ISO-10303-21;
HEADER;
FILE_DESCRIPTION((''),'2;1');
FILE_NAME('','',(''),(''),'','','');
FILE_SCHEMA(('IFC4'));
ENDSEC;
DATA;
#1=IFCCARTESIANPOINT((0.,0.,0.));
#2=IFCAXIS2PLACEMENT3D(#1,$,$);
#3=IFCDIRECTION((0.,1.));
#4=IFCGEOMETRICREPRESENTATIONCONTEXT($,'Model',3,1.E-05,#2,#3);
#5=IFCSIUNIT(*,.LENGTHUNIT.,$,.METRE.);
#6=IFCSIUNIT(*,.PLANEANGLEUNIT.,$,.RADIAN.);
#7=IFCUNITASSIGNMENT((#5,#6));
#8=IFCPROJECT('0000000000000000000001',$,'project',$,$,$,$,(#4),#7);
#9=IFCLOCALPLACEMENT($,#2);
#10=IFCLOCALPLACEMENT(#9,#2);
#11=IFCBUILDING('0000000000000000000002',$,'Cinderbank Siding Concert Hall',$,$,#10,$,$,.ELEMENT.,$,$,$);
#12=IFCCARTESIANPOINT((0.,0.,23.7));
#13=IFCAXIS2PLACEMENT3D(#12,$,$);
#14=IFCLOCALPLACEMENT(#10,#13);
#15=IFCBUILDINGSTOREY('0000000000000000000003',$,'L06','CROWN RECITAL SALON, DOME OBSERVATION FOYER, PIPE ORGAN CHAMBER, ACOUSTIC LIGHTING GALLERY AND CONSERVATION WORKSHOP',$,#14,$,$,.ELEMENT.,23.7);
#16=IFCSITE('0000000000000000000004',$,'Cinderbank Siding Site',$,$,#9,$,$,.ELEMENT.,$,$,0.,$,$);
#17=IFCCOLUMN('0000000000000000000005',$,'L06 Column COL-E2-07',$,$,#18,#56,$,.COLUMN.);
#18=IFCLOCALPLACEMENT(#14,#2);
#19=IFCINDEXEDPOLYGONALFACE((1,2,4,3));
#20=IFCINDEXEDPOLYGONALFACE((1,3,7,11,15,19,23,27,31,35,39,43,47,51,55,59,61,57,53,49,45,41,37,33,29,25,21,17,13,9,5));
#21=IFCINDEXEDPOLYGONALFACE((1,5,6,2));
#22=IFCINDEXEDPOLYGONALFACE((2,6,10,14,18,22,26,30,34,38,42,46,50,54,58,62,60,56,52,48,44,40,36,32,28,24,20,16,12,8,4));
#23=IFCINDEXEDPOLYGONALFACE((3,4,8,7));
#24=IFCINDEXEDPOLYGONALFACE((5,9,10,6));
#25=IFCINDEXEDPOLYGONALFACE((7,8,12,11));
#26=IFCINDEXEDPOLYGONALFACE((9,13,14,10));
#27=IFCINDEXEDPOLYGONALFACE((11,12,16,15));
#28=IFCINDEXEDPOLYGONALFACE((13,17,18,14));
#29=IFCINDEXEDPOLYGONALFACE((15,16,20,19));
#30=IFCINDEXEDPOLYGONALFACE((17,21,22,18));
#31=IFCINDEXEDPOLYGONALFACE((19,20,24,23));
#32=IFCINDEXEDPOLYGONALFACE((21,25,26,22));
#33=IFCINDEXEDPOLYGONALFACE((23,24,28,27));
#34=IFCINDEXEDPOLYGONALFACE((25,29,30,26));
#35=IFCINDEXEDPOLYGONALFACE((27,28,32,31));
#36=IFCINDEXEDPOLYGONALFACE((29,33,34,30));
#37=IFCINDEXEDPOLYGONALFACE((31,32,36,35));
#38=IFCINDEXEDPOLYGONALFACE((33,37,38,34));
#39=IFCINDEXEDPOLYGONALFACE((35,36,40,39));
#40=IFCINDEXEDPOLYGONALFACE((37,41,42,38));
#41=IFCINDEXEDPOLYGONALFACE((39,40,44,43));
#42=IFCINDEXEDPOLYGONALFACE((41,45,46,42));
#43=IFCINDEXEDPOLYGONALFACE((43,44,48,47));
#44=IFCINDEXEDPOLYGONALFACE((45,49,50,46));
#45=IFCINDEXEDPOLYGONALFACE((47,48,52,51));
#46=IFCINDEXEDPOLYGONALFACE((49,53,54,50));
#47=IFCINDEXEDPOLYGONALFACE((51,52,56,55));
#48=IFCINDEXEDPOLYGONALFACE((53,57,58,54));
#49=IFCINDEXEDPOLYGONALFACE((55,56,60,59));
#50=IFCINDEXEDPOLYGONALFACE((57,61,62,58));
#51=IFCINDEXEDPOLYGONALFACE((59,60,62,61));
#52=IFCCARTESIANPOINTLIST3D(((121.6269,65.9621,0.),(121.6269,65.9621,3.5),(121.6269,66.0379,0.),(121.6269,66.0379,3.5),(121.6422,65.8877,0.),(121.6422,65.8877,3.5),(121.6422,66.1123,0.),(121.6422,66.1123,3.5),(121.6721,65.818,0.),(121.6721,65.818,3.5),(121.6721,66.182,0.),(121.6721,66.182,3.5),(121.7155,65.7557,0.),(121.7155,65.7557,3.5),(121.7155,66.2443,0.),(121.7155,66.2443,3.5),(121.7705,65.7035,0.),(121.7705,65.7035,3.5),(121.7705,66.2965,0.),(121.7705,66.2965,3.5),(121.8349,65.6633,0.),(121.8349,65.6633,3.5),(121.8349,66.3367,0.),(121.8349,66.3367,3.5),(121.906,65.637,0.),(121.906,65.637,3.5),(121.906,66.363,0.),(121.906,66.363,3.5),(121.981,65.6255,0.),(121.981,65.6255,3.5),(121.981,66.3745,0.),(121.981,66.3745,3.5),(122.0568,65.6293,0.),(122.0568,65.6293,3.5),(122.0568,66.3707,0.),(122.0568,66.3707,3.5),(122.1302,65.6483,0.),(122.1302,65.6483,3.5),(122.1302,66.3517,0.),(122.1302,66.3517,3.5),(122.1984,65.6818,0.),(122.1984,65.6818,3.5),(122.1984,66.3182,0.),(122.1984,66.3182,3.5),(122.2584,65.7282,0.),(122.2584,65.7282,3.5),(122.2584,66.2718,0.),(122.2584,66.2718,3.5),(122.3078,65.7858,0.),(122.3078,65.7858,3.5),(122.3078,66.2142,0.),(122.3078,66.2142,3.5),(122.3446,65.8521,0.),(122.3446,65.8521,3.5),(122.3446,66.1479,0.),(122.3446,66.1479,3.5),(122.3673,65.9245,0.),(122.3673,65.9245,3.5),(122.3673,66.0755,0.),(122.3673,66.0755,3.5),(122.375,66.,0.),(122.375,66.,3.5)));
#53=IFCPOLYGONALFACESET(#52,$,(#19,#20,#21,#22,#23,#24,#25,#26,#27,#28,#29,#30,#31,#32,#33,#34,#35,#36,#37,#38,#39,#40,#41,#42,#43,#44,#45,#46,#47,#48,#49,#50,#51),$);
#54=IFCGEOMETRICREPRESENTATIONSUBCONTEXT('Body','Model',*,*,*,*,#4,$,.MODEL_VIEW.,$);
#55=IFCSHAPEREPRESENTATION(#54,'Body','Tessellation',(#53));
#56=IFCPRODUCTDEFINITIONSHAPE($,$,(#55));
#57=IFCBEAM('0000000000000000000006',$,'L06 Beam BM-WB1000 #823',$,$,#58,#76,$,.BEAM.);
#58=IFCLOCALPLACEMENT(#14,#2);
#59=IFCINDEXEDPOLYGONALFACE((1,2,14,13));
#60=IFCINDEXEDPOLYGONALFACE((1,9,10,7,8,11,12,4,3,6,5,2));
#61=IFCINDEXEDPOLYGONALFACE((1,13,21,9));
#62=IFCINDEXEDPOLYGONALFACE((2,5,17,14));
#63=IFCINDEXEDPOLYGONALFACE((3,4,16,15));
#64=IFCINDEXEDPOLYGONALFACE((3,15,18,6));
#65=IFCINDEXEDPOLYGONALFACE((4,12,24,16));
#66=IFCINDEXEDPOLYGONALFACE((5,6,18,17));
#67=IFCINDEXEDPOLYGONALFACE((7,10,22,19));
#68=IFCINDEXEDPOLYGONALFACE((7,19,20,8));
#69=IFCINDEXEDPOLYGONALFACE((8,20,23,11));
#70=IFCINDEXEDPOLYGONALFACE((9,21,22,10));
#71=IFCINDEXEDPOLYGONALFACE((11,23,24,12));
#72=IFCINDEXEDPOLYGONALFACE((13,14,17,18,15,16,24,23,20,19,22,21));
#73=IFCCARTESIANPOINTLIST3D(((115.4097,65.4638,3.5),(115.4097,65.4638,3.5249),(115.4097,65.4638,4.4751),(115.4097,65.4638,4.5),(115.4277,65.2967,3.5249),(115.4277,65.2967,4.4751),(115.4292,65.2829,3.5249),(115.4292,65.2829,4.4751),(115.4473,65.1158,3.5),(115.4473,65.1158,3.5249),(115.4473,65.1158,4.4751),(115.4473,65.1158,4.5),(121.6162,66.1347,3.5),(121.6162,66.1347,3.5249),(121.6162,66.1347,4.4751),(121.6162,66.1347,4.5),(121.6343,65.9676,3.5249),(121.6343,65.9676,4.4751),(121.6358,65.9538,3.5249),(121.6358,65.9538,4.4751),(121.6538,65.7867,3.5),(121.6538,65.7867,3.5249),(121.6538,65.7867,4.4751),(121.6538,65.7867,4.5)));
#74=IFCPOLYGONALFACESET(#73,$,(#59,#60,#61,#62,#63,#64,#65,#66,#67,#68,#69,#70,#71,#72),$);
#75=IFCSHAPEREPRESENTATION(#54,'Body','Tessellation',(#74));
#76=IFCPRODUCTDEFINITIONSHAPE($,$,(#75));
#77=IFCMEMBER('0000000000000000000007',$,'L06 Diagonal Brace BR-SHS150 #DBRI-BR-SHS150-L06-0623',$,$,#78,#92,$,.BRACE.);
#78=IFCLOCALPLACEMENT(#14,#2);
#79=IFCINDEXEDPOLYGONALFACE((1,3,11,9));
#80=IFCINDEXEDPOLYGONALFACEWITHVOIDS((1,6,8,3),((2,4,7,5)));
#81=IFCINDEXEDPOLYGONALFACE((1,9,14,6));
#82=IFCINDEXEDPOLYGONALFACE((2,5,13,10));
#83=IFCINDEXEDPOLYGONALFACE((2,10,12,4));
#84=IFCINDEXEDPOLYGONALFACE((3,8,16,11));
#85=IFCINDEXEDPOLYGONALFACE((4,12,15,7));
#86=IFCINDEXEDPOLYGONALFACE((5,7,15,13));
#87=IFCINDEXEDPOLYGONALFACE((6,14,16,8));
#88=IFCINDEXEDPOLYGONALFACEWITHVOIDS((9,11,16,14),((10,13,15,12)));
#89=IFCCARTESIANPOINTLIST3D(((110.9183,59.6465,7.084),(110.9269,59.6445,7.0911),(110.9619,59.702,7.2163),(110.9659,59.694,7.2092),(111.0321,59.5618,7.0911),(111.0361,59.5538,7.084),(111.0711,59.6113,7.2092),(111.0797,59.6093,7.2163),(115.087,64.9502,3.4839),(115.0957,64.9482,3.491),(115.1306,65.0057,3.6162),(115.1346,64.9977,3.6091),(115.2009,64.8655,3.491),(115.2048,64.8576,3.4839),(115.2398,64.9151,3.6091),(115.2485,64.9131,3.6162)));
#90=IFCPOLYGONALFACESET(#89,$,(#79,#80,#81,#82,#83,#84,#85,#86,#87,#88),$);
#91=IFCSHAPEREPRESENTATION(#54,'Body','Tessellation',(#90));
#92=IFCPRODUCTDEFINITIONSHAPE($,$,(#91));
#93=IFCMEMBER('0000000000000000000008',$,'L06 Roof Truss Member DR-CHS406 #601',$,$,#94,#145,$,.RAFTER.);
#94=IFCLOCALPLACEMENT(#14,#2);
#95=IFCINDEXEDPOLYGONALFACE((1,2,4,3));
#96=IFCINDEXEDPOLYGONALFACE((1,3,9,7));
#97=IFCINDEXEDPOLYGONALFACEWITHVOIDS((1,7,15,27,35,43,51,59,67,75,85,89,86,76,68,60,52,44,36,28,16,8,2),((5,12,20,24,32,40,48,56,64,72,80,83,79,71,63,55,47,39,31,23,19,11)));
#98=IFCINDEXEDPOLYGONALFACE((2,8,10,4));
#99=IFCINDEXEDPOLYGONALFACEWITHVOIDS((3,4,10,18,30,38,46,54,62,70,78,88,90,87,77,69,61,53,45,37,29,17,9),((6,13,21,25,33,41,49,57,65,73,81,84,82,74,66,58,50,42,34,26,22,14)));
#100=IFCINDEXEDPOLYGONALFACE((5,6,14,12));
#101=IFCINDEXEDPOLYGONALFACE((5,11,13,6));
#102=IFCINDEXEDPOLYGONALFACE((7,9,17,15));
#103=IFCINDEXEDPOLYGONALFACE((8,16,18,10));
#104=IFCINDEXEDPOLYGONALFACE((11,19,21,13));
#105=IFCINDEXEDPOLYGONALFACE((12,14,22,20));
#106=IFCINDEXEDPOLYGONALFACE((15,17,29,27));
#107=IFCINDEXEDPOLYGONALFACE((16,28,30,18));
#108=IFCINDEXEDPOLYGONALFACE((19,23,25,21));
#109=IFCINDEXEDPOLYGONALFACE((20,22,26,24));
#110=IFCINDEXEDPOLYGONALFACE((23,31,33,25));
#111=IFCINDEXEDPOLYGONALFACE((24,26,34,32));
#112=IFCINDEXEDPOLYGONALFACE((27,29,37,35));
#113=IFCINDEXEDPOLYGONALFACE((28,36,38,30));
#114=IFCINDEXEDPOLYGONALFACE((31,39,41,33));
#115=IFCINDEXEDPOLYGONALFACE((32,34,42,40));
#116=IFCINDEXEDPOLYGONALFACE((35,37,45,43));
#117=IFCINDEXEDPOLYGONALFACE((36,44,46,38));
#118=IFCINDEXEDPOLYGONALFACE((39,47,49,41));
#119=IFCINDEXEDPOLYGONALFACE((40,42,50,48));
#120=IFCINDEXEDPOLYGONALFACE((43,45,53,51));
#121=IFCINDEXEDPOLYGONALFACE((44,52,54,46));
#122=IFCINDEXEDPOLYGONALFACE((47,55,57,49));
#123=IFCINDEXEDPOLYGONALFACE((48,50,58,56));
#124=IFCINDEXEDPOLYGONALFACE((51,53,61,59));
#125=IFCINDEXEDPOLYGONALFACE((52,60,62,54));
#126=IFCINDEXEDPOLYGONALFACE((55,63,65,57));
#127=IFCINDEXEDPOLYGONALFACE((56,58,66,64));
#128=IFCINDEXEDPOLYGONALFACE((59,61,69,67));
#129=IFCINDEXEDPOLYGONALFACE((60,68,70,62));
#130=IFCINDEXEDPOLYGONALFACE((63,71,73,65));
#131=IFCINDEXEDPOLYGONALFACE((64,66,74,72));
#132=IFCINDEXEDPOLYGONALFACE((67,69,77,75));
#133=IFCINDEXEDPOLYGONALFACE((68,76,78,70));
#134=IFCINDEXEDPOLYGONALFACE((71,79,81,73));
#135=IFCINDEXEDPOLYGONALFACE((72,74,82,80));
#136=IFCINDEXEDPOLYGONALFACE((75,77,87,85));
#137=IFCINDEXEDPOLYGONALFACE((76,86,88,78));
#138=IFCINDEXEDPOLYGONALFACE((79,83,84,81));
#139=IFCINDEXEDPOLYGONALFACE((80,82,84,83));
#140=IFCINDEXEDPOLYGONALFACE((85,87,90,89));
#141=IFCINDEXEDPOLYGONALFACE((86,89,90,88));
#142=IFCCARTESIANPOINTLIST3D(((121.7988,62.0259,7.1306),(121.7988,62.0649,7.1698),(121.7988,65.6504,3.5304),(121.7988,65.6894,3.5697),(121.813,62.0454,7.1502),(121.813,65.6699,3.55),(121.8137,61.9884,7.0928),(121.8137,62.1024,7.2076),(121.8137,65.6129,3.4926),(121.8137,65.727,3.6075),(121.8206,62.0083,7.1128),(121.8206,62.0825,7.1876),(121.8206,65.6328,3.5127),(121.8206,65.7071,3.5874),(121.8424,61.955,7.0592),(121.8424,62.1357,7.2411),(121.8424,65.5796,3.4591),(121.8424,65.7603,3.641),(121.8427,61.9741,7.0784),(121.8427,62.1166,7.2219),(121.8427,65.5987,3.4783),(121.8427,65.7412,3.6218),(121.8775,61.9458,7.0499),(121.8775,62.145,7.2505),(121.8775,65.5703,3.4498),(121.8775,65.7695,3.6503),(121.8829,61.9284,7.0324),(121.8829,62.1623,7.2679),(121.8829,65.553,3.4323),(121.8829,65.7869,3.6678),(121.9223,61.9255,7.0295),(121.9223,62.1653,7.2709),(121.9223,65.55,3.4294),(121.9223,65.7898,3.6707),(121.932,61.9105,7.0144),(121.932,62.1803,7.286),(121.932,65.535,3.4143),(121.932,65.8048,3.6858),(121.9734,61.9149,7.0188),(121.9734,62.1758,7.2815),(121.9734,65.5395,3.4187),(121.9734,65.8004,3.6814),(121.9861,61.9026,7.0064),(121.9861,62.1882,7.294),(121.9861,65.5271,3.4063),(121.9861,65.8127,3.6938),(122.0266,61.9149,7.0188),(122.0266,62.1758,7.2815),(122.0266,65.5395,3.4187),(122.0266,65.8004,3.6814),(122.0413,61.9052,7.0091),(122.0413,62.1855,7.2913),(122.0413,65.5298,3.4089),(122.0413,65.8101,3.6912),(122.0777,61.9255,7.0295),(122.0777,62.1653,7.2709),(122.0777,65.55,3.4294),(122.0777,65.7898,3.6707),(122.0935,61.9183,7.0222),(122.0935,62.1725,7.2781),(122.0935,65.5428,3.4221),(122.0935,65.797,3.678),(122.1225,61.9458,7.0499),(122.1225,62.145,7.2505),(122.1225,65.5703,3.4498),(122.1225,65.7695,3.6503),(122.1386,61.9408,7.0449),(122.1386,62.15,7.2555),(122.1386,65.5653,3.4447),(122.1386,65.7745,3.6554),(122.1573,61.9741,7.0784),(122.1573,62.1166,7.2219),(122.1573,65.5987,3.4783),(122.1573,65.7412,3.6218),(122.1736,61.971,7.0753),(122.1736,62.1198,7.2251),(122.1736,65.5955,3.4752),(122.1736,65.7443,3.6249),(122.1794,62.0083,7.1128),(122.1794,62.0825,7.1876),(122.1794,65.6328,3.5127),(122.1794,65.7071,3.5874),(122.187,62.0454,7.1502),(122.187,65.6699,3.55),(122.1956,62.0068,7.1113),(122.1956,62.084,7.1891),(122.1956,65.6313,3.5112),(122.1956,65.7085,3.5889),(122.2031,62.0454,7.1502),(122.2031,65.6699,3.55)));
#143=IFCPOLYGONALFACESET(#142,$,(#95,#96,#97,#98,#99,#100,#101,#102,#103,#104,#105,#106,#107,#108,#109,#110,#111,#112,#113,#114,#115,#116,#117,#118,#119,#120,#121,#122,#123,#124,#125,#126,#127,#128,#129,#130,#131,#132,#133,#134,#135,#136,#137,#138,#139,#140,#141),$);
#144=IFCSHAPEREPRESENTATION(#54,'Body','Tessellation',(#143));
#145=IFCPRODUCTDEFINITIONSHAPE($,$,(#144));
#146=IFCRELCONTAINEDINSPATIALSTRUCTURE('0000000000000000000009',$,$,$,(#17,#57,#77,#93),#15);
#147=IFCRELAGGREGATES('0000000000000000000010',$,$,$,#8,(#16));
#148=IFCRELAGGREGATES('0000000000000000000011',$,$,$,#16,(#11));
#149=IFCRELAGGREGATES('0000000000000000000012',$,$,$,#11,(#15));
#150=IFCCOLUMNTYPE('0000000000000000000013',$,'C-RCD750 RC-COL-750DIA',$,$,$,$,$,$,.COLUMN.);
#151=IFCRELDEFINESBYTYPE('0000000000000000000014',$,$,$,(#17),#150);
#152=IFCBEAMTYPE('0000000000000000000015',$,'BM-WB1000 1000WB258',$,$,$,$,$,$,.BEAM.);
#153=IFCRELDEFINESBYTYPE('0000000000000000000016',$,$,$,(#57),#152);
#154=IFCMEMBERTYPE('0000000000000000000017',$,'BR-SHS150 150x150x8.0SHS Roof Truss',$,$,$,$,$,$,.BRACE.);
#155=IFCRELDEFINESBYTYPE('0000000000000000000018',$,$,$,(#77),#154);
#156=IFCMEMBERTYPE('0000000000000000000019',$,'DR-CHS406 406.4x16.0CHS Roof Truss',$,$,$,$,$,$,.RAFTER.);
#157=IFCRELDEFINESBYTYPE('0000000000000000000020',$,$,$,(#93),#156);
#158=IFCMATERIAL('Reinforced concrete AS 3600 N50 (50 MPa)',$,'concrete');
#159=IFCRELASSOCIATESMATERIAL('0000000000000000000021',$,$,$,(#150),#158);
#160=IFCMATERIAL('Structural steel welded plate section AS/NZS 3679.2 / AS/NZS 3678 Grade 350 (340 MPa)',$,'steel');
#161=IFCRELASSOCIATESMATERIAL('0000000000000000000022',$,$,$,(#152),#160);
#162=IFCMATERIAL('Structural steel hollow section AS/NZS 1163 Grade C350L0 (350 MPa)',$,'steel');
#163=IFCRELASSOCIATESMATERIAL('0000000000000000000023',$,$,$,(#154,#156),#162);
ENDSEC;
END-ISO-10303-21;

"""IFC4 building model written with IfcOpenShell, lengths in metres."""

from ifc_helpers import new_model, si_unit, direction, frame, origin, origin_2d, place, context, subcontext, project, spatial, hollow_rectangle, circle, hollow_circle, i_section, extrude, material, material_profile, profile_set, type_object, element, save


model = new_model("IFC4")

# Units and contexts
model_context = context("Model", 3, precision=1e-05, world=origin(), true_north=direction((0.0, 1.0)))
body_context = subcontext(model_context, "Body", "Model", "MODEL_VIEW")
ifc_project = project(units=[si_unit("LENGTHUNIT", "METRE"), si_unit("PLANEANGLEUNIT", "RADIAN")], contexts=[model_context])

# Site, building, storey
site_placement = place(None, origin())
site = spatial("IfcSite", under=ifc_project, at=site_placement, Name="Cinderbank Siding Site", CompositionType="ELEMENT", RefElevation=0.0)
building_placement = place(site_placement, origin())
building = spatial("IfcBuilding", under=site, at=building_placement, Name="Cinderbank Siding Concert Hall", CompositionType="ELEMENT")
storey_placement = place(building_placement, frame((0.0, 0.0, 23.7)))
storey = spatial("IfcBuildingStorey", under=building, at=storey_placement, Name="L06", Description="CROWN RECITAL SALON, DOME OBSERVATION FOYER, PIPE ORGAN CHAMBER, ACOUSTIC LIGHTING GALLERY AND CONSERVATION WORKSHOP", CompositionType="ELEMENT", Elevation=23.7)

# Column
ifc_material_1 = material(Name="Reinforced concrete AS 3600 N50 (50 MPa)", Category="concrete")
ifc_material_profile_1 = material_profile(ifc_material_1, circle(Radius=0.375, at=origin_2d()), Name="RC-COL-750DIA", Category="LoadBearing")
ifc_profile_set_1 = profile_set([ifc_material_profile_1], Name="Reinforced concrete AS 3600 N50 (50 MPa)")
column_type = type_object("IfcColumnType", Name="C-RCD750 RC-COL-750DIA", PredefinedType="COLUMN", material=ifc_profile_set_1)
column_placement = place(storey_placement, frame((122.0, 66.0, 0.0), z_axis=(0.0, 0.0, 1.0), x_axis=(1.0, 0.0, 0.0)))
element("IfcColumn", 1, at=column_placement, inside=storey, type_object=column_type, Name="L06 Column COL-E2-07", PredefinedType="COLUMN", context=body_context, shape_type="SweptSolid", body=[
    extrude(circle(Radius=0.375, at=origin_2d()), origin(), (0.0, 0.0, 1.0), 3.5),
])

# Beam
ifc_material_2 = material(Name="Structural steel welded plate section AS/NZS 3679.2 / AS/NZS 3678 Grade 350 (340 MPa)", Category="steel")
ifc_material_profile_2 = material_profile(ifc_material_2, i_section(OverallWidth=0.3501, OverallDepth=1.0, WebThickness=0.0139, FlangeThickness=0.0249, at=origin_2d()), Name="1000WB258", Category="LoadBearing")
ifc_profile_set_2 = profile_set([ifc_material_profile_2], Name="Structural steel welded plate section AS/NZS 3679.2 / AS/NZS 3678 Grade 350 (340 MPa)")
beam_type = type_object("IfcBeamType", Name="BM-WB1000 1000WB258", PredefinedType="BEAM", material=ifc_profile_set_2)
beam_placement = place(storey_placement, frame((121.635, 65.9607, 4.0), z_axis=(-0.994208, -0.107469, 0.0), x_axis=(0.107469, -0.994208, 0.0)))
element("IfcBeam", 2, at=beam_placement, inside=storey, type_object=beam_type, Name="L06 Beam BM-WB1000 #823", PredefinedType="BEAM", context=body_context, shape_type="SweptSolid", body=[
    extrude(i_section(OverallWidth=0.3501, OverallDepth=1.0, WebThickness=0.0139, FlangeThickness=0.0249, at=origin_2d()), origin(), (0.0, 0.0, 1.0), 6.2427),
])

# Members
ifc_material_3 = material(Name="Structural steel hollow section AS/NZS 1163 Grade C350L0 (350 MPa)", Category="steel")
ifc_material_profile_3 = material_profile(ifc_material_3, hollow_rectangle(XDim=0.1499, YDim=0.1499, WallThickness=0.0081, at=origin_2d()), Name="150x150x8.0SHS", Category="LoadBearing")
ifc_profile_set_3 = profile_set([ifc_material_profile_3], Name="Structural steel hollow section AS/NZS 1163 Grade C350L0 (350 MPa)")
member_type_1 = type_object("IfcMemberType", Name="BR-SHS150 150x150x8.0SHS Roof Truss", PredefinedType="BRACE", material=ifc_profile_set_3)
member_1_placement = place(storey_placement, frame((115.1677, 64.9316, 3.55), z_axis=(-0.545182, -0.693618, 0.47082), x_axis=(0.78621, -0.617959, 0.0)))
element("IfcMember", 3, at=member_1_placement, inside=storey, type_object=member_type_1, Name="L06 Diagonal Brace BR-SHS150 #DBRI-BR-SHS150-L06-0623", PredefinedType="BRACE", context=body_context, shape_type="SweptSolid", body=[
    extrude(hollow_rectangle(XDim=0.1499, YDim=0.1499, WallThickness=0.0081, at=origin_2d()), origin(), (0.0, 0.0, 1.0), 7.6465),
])
ifc_material_profile_4 = material_profile(ifc_material_3, hollow_circle(Radius=0.2031, WallThickness=0.0161, at=origin_2d()), Name="406.4x16.0CHS", Category="LoadBearing")
ifc_profile_set_4 = profile_set([ifc_material_profile_4], Name="Structural steel hollow section AS/NZS 1163 Grade C350L0 (350 MPa)")
member_type_2 = type_object("IfcMemberType", Name="DR-CHS406 406.4x16.0CHS Roof Truss", PredefinedType="RAFTER", material=ifc_profile_set_4)
member_2_placement = place(storey_placement, frame((122.0, 65.6699, 3.55), z_axis=(0.0, -0.709492, 0.704713), x_axis=(1.0, 0.0, 0.0)))
element("IfcMember", 4, at=member_2_placement, inside=storey, type_object=member_type_2, Name="L06 Roof Truss Member DR-CHS406 #601", PredefinedType="RAFTER", context=body_context, shape_type="SweptSolid", body=[
    extrude(hollow_circle(Radius=0.2031, WallThickness=0.0161, at=origin_2d()), origin(), (0.0, 0.0, 1.0), 5.1086),
])

save(model, "model.ifc")
